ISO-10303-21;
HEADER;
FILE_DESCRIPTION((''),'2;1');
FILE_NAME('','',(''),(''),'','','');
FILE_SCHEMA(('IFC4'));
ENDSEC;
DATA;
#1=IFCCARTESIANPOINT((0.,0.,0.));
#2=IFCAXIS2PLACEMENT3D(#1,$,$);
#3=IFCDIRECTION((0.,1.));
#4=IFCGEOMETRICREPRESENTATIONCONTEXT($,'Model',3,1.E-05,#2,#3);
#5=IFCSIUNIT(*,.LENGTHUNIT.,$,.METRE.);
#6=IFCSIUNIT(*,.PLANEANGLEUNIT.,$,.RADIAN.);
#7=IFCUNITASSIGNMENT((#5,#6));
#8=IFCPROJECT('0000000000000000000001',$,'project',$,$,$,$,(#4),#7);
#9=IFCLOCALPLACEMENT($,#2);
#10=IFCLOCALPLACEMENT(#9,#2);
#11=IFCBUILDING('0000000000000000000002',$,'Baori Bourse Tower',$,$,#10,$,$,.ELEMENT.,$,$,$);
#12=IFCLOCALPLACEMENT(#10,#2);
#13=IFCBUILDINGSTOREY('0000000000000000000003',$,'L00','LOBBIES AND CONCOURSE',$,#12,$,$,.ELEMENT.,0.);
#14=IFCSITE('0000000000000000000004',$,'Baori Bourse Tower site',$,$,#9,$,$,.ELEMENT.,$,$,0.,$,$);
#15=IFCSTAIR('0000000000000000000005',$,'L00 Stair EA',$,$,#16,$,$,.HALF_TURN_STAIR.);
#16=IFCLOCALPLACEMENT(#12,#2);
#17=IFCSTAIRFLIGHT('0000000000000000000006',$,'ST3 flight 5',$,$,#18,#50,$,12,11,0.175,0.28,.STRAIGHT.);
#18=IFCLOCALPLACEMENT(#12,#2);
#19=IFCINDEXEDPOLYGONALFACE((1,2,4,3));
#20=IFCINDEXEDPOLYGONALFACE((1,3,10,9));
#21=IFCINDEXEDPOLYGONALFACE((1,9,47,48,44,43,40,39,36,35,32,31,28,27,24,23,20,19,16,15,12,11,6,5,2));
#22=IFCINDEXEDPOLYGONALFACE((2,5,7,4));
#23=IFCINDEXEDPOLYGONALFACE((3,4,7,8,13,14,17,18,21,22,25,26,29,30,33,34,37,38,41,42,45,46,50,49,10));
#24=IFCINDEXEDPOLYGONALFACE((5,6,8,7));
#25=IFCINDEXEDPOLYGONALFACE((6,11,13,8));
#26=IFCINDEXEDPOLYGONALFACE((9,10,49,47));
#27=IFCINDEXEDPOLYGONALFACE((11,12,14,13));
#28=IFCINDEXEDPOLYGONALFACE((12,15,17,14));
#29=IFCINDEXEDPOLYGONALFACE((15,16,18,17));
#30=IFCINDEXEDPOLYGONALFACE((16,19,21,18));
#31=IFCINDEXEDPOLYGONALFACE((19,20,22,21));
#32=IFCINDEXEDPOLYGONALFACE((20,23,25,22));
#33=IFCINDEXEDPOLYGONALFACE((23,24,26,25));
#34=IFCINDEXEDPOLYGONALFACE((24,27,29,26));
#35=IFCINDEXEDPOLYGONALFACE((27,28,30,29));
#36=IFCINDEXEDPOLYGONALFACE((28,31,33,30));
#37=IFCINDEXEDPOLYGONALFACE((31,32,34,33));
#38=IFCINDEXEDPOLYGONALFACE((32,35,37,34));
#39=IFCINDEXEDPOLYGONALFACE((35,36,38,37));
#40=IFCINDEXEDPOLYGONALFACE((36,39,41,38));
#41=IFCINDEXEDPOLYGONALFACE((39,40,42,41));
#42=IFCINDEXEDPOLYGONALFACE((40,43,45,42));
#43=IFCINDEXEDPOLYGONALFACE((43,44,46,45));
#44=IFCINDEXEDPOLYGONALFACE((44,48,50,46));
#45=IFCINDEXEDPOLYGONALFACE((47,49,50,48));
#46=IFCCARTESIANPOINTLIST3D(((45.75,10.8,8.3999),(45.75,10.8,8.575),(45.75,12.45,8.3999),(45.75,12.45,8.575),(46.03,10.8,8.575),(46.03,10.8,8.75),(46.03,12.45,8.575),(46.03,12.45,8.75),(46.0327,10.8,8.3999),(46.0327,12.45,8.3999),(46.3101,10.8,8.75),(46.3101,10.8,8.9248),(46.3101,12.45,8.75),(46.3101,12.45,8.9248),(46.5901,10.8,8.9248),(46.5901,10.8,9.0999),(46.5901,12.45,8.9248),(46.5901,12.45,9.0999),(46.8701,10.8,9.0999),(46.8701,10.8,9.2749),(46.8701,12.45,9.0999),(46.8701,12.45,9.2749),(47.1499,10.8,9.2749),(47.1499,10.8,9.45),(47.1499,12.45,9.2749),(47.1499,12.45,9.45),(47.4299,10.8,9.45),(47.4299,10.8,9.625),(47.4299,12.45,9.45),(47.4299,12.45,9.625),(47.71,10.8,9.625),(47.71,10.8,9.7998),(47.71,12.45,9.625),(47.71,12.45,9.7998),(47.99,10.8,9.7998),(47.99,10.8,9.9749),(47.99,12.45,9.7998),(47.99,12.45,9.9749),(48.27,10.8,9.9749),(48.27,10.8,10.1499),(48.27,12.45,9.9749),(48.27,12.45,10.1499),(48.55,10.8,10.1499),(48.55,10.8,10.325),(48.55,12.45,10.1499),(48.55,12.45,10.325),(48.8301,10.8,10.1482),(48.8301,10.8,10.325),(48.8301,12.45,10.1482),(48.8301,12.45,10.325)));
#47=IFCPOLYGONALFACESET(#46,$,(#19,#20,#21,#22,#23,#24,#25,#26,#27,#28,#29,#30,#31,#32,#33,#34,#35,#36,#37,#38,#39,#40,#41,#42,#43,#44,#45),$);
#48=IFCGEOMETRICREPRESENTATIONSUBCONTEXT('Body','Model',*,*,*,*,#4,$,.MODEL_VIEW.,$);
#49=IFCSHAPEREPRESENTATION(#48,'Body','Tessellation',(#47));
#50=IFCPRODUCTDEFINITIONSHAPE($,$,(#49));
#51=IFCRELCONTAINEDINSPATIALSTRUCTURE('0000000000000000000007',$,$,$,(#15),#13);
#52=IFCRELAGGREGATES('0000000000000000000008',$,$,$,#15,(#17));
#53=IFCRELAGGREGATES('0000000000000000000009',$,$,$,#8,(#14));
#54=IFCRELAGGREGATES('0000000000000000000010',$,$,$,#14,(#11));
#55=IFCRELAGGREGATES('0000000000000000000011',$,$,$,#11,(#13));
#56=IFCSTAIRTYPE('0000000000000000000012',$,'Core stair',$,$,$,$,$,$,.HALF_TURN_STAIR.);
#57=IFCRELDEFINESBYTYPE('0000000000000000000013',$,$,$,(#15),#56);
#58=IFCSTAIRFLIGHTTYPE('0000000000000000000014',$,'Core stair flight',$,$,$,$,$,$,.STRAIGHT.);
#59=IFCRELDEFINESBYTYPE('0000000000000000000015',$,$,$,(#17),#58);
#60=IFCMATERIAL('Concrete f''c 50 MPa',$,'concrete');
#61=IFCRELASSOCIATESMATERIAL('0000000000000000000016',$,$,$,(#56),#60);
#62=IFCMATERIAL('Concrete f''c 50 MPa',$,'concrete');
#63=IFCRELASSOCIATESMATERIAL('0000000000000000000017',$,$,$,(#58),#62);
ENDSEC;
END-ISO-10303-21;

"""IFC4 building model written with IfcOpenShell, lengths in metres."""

from ifc_helpers import new_model, si_unit, direction, frame, origin, place, context, subcontext, project, spatial, polyline, outline, extrude, material, type_object, element, aggregate, save


model = new_model("IFC4")

# Units and contexts
model_context = context("Model", 3, precision=1e-05, world=origin(), true_north=direction((0.0, 1.0)))
body_context = subcontext(model_context, "Body", "Model", "MODEL_VIEW")
ifc_project = project(units=[si_unit("LENGTHUNIT", "METRE"), si_unit("PLANEANGLEUNIT", "RADIAN")], contexts=[model_context])

# Site, building, storey
site_placement = place(None, origin())
site = spatial("IfcSite", under=ifc_project, at=site_placement, Name="Baori Bourse Tower site", CompositionType="ELEMENT", RefElevation=0.0)
building_placement = place(site_placement, origin())
building = spatial("IfcBuilding", under=site, at=building_placement, Name="Baori Bourse Tower", CompositionType="ELEMENT")
storey_placement = place(building_placement, origin())
storey = spatial("IfcBuildingStorey", under=building, at=storey_placement, Name="L00", Description="LOBBIES AND CONCOURSE", CompositionType="ELEMENT", Elevation=0.0)

# Stair, stair flight
ifc_material_1 = material(Name="Concrete f'c 50 MPa", Category="concrete")
stair_type = type_object("IfcStairType", Name="Core stair", PredefinedType="HALF_TURN_STAIR", material=ifc_material_1)
stair_placement = place(storey_placement, origin())
stair = element("IfcStair", 1, at=stair_placement, inside=storey, type_object=stair_type, Name="L00 Stair EA", PredefinedType="HALF_TURN_STAIR")
ifc_material_2 = material(Name="Concrete f'c 50 MPa", Category="concrete")
stair_flight_type = type_object("IfcStairFlightType", Name="Core stair flight", PredefinedType="STRAIGHT", material=ifc_material_2)
stair_flight_1_placement = place(storey_placement, frame((45.75, 11.625, 8.3999), z_axis=(0.0, 0.0, 1.0), x_axis=(1.0, 0.0, 0.0)))
stair_flight_1 = element("IfcStairFlight", 2, at=stair_flight_1_placement, type_object=stair_flight_type, Name="ST3 flight 5", NumberOfRisers=12, NumberOfTreads=11, PredefinedType="STRAIGHT", RiserHeight=0.175, TreadLength=0.28, context=body_context, shape_type="SweptSolid", body=[
    extrude(outline(polyline([(0.0, 0.0), (0.0, 0.175), (0.28, 0.175), (0.28, 0.3501), (0.5601, 0.3501), (0.5601, 0.5249), (0.8401, 0.5249), (0.8401, 0.7), (1.1201, 0.7), (1.1201, 0.875), (1.3999, 0.875), (1.3999, 1.05), (1.6799, 1.05), (1.6799, 1.2251), (1.96, 1.2251), (1.96, 1.3999), (2.24, 1.3999), (2.24, 1.575), (2.52, 1.575), (2.52, 1.75), (2.8, 1.75), (2.8, 1.925), (3.0801, 1.925), (3.0801, 2.1001), (3.0801, 1.7483), (0.2827, 0.0), (0.0, 0.0)])), frame((0.0, 0.825, 0.0), z_axis=(0.0, -1.0, 0.0), x_axis=(1.0, 0.0, 0.0)), (0.0, 0.0, 1.0), 1.6499),
])
aggregate(stair, [stair_flight_1])

save(model, "model.ifc")
